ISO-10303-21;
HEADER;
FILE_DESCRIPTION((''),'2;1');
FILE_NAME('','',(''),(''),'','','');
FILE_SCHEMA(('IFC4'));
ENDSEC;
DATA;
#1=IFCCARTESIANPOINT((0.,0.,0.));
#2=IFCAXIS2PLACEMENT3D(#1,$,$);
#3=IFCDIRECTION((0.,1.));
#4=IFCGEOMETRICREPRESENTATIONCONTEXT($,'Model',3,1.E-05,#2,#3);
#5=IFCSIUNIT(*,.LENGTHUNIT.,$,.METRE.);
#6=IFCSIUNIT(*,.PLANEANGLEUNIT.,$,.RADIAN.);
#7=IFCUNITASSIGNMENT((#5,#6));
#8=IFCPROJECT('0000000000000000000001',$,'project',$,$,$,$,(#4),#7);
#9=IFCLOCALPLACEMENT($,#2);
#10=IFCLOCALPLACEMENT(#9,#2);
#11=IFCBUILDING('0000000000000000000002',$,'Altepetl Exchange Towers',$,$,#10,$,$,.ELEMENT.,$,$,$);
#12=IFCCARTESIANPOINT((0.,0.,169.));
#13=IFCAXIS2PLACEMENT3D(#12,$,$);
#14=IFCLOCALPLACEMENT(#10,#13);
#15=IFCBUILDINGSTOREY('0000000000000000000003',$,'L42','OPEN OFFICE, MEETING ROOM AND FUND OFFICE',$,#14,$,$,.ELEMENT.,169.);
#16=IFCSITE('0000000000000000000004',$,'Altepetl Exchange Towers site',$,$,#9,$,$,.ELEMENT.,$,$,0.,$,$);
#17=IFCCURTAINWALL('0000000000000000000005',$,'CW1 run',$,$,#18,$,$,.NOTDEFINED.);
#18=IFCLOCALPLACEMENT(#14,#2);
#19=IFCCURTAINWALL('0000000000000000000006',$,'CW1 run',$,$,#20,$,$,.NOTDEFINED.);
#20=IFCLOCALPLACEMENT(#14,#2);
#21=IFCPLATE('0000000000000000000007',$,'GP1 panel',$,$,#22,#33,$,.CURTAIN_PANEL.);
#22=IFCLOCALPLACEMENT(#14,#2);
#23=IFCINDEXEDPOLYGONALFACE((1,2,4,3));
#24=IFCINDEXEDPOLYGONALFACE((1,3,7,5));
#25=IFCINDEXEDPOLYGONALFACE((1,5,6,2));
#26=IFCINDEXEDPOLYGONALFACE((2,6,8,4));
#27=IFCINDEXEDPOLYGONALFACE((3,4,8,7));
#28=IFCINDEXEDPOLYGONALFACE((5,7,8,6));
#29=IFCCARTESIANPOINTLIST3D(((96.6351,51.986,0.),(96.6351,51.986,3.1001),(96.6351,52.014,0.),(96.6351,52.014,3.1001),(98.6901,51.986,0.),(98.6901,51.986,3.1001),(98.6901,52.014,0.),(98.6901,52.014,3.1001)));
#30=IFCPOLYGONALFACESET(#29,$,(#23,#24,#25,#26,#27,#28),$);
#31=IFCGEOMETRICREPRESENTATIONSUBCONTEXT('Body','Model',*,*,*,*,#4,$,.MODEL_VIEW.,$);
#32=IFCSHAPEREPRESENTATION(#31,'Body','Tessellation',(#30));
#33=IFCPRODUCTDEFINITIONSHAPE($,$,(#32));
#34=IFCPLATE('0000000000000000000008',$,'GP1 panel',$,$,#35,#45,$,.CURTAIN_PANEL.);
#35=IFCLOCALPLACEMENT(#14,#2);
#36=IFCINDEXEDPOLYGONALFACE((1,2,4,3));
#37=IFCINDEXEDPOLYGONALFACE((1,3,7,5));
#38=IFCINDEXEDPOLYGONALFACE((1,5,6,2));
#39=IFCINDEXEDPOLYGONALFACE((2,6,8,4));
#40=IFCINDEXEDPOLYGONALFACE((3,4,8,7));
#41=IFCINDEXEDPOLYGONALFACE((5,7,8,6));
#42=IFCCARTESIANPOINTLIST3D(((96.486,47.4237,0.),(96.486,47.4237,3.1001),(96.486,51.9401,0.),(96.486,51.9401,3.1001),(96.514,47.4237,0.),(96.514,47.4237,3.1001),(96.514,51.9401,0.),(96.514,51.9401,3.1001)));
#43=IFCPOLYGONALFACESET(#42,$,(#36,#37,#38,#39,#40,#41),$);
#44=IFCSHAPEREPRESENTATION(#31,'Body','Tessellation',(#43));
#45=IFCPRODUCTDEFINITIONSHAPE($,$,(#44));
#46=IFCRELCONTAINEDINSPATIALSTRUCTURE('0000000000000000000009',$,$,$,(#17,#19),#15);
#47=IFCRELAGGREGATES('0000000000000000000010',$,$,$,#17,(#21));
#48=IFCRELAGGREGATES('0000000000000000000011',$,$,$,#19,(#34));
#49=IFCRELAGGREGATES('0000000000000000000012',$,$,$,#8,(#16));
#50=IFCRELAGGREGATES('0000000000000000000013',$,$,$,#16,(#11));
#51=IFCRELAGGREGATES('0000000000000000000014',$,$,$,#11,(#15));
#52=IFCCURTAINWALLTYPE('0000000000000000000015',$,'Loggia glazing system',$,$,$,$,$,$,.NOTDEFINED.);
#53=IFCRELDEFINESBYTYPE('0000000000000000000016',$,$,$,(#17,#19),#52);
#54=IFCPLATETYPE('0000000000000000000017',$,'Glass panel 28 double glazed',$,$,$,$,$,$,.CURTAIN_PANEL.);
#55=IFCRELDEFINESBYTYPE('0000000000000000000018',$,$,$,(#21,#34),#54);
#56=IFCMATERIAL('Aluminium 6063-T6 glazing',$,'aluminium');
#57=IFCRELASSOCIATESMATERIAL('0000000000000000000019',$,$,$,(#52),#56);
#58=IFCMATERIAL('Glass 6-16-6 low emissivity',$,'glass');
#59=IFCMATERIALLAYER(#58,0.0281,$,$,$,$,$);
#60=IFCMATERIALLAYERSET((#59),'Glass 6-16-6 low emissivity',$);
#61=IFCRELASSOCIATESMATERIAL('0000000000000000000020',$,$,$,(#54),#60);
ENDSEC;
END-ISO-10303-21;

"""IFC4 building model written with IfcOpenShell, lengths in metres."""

from ifc_helpers import new_model, si_unit, direction, frame, origin, origin_2d, place, context, subcontext, project, spatial, rectangle, extrude, material, layer, layer_set, type_object, element, aggregate, save


model = new_model("IFC4")

# Units and contexts
model_context = context("Model", 3, precision=1e-05, world=origin(), true_north=direction((0.0, 1.0)))
body_context = subcontext(model_context, "Body", "Model", "MODEL_VIEW")
ifc_project = project(units=[si_unit("LENGTHUNIT", "METRE"), si_unit("PLANEANGLEUNIT", "RADIAN")], contexts=[model_context])

# Site, building, storey
site_placement = place(None, origin())
site = spatial("IfcSite", under=ifc_project, at=site_placement, Name="Altepetl Exchange Towers site", CompositionType="ELEMENT", RefElevation=0.0)
building_placement = place(site_placement, origin())
building = spatial("IfcBuilding", under=site, at=building_placement, Name="Altepetl Exchange Towers", CompositionType="ELEMENT")
storey_placement = place(building_placement, frame((0.0, 0.0, 169.0)))
storey = spatial("IfcBuildingStorey", under=building, at=storey_placement, Name="L42", Description="OPEN OFFICE, MEETING ROOM AND FUND OFFICE", CompositionType="ELEMENT", Elevation=169.0)

# Shared definitions
ifc_material_1 = material(Name="Aluminium 6063-T6 glazing", Category="aluminium")
curtain_wall_type = type_object("IfcCurtainWallType", Name="Loggia glazing system", PredefinedType="NOTDEFINED", material=ifc_material_1)

# Curtain walls
curtain_wall_1_placement = place(storey_placement, origin())
curtain_wall_1 = element("IfcCurtainWall", 1, at=curtain_wall_1_placement, inside=storey, type_object=curtain_wall_type, Name="CW1 run", PredefinedType="NOTDEFINED")
curtain_wall_2_placement = place(storey_placement, origin())
curtain_wall_2 = element("IfcCurtainWall", 2, at=curtain_wall_2_placement, inside=storey, type_object=curtain_wall_type, Name="CW1 run", PredefinedType="NOTDEFINED")

# Plates
ifc_material_2 = material(Name="Glass 6-16-6 low emissivity", Category="glass")
ifc_layer = layer(ifc_material_2, 0.0281)
ifc_layer_set = layer_set([ifc_layer], Name="Glass 6-16-6 low emissivity")
plate_type = type_object("IfcPlateType", Name="Glass panel 28 double glazed", PredefinedType="CURTAIN_PANEL", material=ifc_layer_set)
plate_1_placement = place(storey_placement, frame((97.6626, 52.0, 0.0), z_axis=(0.0, 0.0, 1.0), x_axis=(-1.0, 0.0, 0.0)))
plate_1 = element("IfcPlate", 3, at=plate_1_placement, type_object=plate_type, Name="GP1 panel", PredefinedType="CURTAIN_PANEL", context=body_context, shape_type="SweptSolid", body=[
    extrude(rectangle(XDim=2.0549, YDim=0.0281, at=origin_2d()), origin(), (0.0, 0.0, 1.0), 3.1001),
])
aggregate(curtain_wall_1, [plate_1])
plate_2_placement = place(storey_placement, frame((96.5, 49.6819, 0.0), z_axis=(0.0, 0.0, 1.0), x_axis=(0.0, -1.0, 0.0)))
plate_2 = element("IfcPlate", 4, at=plate_2_placement, type_object=plate_type, Name="GP1 panel", PredefinedType="CURTAIN_PANEL", context=body_context, shape_type="SweptSolid", body=[
    extrude(rectangle(XDim=4.5164, YDim=0.0281, at=origin_2d()), origin(), (0.0, 0.0, 1.0), 3.1001),
])
aggregate(curtain_wall_2, [plate_2])

save(model, "model.ifc")
